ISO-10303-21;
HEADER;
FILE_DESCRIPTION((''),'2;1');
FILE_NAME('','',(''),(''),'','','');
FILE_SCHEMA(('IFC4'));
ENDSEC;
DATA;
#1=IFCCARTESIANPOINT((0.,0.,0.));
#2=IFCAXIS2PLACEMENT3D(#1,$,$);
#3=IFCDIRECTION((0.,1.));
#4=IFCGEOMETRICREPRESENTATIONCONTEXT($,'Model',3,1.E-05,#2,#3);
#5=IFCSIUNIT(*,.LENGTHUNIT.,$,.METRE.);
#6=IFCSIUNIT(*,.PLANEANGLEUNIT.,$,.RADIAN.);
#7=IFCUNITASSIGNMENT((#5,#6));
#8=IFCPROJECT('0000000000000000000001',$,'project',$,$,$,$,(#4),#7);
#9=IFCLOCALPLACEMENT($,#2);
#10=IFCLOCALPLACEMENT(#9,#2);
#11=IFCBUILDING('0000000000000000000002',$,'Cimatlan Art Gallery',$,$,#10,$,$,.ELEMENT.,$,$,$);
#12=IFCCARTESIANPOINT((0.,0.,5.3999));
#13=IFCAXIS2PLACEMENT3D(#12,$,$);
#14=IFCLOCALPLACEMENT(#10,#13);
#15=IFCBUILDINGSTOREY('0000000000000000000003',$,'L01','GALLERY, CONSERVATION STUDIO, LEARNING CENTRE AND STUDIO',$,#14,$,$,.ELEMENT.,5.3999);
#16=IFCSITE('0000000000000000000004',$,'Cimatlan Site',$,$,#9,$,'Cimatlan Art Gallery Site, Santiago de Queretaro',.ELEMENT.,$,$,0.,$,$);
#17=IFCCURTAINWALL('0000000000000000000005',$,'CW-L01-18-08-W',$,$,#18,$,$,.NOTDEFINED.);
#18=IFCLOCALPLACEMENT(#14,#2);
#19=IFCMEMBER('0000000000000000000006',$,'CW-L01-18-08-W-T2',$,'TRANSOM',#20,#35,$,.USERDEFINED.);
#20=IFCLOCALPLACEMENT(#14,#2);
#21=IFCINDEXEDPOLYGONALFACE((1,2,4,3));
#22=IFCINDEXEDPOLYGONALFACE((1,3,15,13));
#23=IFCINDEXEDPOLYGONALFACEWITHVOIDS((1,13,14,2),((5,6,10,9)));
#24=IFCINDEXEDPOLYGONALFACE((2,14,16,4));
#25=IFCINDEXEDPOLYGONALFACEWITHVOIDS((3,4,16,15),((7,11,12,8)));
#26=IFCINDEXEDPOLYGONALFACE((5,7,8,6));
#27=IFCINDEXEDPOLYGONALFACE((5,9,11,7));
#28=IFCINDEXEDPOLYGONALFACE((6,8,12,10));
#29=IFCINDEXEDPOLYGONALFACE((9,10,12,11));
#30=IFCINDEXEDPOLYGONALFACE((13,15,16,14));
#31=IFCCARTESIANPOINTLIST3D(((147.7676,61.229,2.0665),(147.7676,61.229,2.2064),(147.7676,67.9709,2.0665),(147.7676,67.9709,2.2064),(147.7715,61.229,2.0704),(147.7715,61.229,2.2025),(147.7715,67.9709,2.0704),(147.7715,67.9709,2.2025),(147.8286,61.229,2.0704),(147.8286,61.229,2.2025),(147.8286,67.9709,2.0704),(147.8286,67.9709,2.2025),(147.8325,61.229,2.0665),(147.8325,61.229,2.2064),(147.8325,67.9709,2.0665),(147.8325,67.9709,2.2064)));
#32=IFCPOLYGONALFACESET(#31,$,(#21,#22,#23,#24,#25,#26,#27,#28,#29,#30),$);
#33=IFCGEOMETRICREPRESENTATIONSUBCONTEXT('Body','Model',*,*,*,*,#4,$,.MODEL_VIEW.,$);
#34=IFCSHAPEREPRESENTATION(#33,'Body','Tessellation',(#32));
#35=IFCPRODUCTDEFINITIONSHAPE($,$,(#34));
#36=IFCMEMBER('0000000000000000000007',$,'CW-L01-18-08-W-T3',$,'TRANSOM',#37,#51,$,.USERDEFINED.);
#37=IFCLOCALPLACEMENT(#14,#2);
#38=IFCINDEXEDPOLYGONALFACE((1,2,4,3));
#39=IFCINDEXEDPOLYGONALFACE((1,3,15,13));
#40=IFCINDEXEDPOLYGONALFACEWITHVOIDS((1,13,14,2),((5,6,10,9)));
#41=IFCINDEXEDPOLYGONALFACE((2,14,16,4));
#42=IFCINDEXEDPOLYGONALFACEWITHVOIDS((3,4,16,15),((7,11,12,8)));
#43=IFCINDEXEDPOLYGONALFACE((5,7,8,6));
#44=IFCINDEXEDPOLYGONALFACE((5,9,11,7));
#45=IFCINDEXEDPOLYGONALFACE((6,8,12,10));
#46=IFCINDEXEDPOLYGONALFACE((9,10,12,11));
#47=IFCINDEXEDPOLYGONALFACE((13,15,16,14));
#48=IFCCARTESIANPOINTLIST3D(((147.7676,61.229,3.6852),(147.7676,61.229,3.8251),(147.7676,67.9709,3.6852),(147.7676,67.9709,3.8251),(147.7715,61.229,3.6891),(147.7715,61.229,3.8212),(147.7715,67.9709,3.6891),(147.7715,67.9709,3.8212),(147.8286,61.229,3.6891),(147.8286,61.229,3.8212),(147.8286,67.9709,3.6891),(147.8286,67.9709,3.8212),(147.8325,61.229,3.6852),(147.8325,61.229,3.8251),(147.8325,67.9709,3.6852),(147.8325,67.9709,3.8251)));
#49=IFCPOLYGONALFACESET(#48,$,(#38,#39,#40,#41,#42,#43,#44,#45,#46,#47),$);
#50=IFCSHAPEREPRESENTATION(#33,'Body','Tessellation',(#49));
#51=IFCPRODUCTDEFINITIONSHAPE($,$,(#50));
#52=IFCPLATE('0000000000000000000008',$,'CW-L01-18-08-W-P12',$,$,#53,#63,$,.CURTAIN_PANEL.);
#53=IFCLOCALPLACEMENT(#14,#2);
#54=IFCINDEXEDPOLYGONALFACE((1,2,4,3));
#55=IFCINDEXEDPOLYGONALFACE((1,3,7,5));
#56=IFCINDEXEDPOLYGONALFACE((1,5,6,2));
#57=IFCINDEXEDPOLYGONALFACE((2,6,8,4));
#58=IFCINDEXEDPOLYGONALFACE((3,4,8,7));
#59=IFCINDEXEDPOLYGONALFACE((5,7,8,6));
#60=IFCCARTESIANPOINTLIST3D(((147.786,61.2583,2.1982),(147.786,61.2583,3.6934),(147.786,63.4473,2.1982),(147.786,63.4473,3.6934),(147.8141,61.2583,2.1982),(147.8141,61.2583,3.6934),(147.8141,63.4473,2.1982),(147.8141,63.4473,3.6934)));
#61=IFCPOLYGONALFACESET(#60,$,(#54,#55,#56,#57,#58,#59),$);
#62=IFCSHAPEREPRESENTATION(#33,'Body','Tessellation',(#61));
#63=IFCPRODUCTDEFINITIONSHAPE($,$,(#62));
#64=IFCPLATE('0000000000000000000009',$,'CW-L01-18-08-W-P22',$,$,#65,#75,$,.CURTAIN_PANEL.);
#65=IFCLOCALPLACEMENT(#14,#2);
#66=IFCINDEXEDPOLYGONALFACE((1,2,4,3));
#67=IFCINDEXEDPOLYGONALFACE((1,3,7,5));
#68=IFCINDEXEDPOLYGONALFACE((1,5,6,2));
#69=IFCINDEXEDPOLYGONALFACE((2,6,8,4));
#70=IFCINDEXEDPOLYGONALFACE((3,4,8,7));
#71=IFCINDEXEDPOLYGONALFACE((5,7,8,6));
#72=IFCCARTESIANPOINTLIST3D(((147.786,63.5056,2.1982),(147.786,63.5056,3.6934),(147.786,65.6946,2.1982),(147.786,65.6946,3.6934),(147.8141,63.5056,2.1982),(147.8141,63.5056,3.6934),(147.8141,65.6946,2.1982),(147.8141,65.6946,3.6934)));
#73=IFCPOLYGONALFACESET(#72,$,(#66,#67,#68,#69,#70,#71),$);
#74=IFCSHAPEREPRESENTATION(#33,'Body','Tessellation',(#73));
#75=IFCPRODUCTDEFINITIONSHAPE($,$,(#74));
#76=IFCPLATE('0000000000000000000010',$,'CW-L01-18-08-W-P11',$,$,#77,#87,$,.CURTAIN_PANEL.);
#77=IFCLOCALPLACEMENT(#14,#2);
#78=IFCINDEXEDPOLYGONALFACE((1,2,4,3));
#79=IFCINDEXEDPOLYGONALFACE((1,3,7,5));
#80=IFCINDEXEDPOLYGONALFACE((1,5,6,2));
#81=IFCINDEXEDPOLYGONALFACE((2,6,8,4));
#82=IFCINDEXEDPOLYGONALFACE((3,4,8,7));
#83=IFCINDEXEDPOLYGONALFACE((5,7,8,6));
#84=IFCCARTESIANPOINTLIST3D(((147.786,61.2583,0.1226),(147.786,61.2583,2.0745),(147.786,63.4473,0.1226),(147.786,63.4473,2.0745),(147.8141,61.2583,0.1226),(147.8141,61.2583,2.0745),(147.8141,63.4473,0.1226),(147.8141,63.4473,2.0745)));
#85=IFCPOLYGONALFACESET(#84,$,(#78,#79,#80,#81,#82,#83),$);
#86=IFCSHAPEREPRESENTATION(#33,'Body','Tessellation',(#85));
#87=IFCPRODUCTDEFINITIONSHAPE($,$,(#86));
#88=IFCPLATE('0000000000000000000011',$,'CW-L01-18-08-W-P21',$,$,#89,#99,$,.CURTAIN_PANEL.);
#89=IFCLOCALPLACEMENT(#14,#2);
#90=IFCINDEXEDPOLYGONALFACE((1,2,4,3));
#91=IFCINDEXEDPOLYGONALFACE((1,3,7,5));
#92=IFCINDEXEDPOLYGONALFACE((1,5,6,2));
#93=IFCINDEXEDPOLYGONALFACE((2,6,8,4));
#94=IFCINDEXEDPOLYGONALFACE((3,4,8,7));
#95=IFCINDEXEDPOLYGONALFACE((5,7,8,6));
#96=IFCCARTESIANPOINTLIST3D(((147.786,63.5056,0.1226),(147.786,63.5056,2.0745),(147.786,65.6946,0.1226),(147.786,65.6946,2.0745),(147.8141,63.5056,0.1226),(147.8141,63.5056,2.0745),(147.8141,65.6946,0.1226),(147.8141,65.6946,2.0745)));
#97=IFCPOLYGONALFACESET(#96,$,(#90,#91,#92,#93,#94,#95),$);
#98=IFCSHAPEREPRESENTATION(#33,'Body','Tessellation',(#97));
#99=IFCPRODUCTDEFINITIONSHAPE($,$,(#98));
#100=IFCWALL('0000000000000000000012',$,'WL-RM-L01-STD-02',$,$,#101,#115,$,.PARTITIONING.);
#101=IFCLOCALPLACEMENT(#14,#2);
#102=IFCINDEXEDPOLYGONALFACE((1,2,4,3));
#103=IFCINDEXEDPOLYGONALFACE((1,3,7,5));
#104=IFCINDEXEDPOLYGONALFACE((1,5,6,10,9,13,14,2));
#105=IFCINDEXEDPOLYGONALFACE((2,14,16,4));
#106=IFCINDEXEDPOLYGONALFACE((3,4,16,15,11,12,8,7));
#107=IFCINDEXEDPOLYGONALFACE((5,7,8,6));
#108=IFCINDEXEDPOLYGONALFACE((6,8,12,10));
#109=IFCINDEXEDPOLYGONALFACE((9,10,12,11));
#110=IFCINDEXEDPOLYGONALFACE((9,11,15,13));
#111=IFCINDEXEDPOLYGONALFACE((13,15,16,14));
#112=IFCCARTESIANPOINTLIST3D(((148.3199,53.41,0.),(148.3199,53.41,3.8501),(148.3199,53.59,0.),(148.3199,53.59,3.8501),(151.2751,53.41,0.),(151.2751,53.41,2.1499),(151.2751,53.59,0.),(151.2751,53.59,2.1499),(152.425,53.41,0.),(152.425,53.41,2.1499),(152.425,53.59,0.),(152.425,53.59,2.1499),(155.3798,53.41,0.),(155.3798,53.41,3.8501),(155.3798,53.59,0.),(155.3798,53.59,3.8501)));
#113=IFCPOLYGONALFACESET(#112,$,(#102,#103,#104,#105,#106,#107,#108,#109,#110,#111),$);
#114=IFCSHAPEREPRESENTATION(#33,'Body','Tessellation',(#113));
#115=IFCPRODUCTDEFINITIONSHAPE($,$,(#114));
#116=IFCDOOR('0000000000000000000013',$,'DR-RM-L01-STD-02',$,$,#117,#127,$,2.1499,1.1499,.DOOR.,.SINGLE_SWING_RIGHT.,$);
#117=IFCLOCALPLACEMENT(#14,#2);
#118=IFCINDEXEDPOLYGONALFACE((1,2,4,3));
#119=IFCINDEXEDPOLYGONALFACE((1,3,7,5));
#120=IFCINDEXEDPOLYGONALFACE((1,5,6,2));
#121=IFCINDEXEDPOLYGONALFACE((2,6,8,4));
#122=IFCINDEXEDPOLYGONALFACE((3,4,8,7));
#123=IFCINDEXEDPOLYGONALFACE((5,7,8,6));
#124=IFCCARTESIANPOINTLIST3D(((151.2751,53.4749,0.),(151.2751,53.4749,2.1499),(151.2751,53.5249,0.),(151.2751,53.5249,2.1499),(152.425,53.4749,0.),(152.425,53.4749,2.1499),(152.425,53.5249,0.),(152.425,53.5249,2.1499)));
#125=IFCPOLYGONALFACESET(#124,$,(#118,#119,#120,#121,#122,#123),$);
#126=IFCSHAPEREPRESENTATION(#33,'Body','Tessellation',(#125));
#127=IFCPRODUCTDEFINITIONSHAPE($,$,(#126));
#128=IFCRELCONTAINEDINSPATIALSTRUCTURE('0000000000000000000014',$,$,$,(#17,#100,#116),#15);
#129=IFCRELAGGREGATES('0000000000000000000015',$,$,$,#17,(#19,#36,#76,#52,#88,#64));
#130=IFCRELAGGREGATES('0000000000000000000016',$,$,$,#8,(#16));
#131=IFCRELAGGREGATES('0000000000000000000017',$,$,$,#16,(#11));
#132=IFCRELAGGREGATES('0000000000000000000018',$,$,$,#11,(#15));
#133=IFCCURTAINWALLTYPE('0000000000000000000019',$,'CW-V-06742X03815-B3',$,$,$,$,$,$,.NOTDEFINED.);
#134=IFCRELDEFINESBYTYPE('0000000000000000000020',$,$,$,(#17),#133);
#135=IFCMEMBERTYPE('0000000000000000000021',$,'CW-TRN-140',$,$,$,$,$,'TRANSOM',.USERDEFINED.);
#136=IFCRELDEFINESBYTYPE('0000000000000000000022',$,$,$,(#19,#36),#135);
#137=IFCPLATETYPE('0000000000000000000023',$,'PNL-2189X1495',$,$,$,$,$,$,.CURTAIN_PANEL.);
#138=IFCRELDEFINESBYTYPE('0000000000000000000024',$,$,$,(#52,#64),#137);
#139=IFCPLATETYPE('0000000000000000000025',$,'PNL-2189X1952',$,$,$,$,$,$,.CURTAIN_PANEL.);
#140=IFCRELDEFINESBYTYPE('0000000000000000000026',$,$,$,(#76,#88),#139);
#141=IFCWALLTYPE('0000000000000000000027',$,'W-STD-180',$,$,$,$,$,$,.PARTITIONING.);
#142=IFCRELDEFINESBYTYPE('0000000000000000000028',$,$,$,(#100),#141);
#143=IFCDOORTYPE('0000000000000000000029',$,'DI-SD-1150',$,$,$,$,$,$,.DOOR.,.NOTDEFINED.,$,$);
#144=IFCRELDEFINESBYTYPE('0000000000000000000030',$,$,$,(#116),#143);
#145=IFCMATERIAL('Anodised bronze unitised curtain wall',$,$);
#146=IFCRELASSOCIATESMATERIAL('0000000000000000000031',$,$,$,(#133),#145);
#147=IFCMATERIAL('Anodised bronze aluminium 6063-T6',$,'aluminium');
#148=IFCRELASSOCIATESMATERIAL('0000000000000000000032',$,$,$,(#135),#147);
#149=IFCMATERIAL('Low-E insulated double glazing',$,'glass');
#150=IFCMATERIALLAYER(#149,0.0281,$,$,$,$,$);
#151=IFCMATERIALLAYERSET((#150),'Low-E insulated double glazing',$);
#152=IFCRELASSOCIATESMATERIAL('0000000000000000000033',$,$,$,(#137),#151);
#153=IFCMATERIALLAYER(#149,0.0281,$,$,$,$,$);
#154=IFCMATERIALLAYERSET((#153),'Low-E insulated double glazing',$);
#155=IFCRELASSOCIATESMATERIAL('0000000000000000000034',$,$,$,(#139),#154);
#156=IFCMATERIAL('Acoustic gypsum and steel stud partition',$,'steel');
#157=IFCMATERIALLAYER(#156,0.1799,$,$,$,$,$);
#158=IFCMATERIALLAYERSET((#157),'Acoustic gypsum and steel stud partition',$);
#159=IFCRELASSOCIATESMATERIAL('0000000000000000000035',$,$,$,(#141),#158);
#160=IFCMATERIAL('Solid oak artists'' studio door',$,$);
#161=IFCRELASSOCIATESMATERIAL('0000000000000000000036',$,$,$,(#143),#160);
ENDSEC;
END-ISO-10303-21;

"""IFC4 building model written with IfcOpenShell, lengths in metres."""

from ifc_helpers import new_model, si_unit, direction, frame, frame_2d, origin, origin_2d, place, context, subcontext, project, spatial, rectangle, hollow_rectangle, extrude, material, layer, layer_set, material_profile, profile_set, type_object, element, fill, aggregate, save


model = new_model("IFC4")

# Units and contexts
model_context = context("Model", 3, precision=1e-05, world=origin(), true_north=direction((0.0, 1.0)))
body_context = subcontext(model_context, "Body", "Model", "MODEL_VIEW")
ifc_project = project(units=[si_unit("LENGTHUNIT", "METRE"), si_unit("PLANEANGLEUNIT", "RADIAN")], contexts=[model_context])

# Site, building, storey
site_placement = place(None, origin())
site = spatial("IfcSite", under=ifc_project, at=site_placement, Name="Cimatlan Site", LongName="Cimatlan Art Gallery Site, Santiago de Queretaro", CompositionType="ELEMENT", RefElevation=0.0)
building_placement = place(site_placement, origin())
building = spatial("IfcBuilding", under=site, at=building_placement, Name="Cimatlan Art Gallery", CompositionType="ELEMENT")
storey_placement = place(building_placement, frame((0.0, 0.0, 5.3999)))
storey = spatial("IfcBuildingStorey", under=building, at=storey_placement, Name="L01", Description="GALLERY, CONSERVATION STUDIO, LEARNING CENTRE AND STUDIO", CompositionType="ELEMENT", Elevation=5.3999)

# Curtain wall, members, plates
ifc_material_1 = material(Name="Anodised bronze unitised curtain wall")
curtain_wall_type = type_object("IfcCurtainWallType", Name="CW-V-06742X03815-B3", PredefinedType="NOTDEFINED", material=ifc_material_1)
curtain_wall_placement = place(storey_placement, origin())
curtain_wall = element("IfcCurtainWall", 1, at=curtain_wall_placement, inside=storey, type_object=curtain_wall_type, Name="CW-L01-18-08-W", PredefinedType="NOTDEFINED")
ifc_material_2 = material(Name="Anodised bronze aluminium 6063-T6", Category="aluminium")
ifc_material_profile_1 = material_profile(ifc_material_2, hollow_rectangle(XDim=0.0649, YDim=0.1399, WallThickness=0.0039, at=origin_2d()), Name="ALU65X140X4")
ifc_profile_set_1 = profile_set([ifc_material_profile_1], Name="Anodised bronze aluminium 6063-T6")
member_type_1 = type_object("IfcMemberType", Name="CW-TRN-140", ElementType="TRANSOM", PredefinedType="USERDEFINED", material=ifc_profile_set_1)
member_1_placement = place(storey_placement, frame((147.8, 61.229, 2.1365), z_axis=(0.0, 1.0, 0.0), x_axis=(-1.0, 0.0, 0.0)))
member_1 = element("IfcMember", 2, at=member_1_placement, type_object=member_type_1, Name="CW-L01-18-08-W-T2", ObjectType="TRANSOM", PredefinedType="USERDEFINED", context=body_context, shape_type="SweptSolid", body=[
    extrude(hollow_rectangle(XDim=0.0649, YDim=0.1399, WallThickness=0.0039, at=origin_2d()), origin(), (0.0, 0.0, 1.0), 6.7419),
])
member_2_placement = place(storey_placement, frame((147.8, 61.229, 3.7551), z_axis=(0.0, 1.0, 0.0), x_axis=(-1.0, 0.0, 0.0)))
member_2 = element("IfcMember", 3, at=member_2_placement, type_object=member_type_1, Name="CW-L01-18-08-W-T3", ObjectType="TRANSOM", PredefinedType="USERDEFINED", context=body_context, shape_type="SweptSolid", body=[
    extrude(hollow_rectangle(XDim=0.0649, YDim=0.1399, WallThickness=0.0039, at=origin_2d()), origin(), (0.0, 0.0, 1.0), 6.7419),
])
ifc_material_3 = material(Name="Low-E insulated double glazing", Category="glass")
ifc_layer_1 = layer(ifc_material_3, 0.0281)
ifc_layer_set_1 = layer_set([ifc_layer_1], Name="Low-E insulated double glazing")
plate_type_1 = type_object("IfcPlateType", Name="PNL-2189X1495", PredefinedType="CURTAIN_PANEL", material=ifc_layer_set_1)
plate_1_placement = place(storey_placement, frame((147.8, 62.3528, 2.1982), z_axis=(0.0, 0.0, 1.0), x_axis=(0.0, 1.0, 0.0)))
plate_1 = element("IfcPlate", 4, at=plate_1_placement, type_object=plate_type_1, Name="CW-L01-18-08-W-P12", PredefinedType="CURTAIN_PANEL", context=body_context, shape_type="SweptSolid", body=[
    extrude(rectangle(XDim=2.189, YDim=0.0281, at=origin_2d()), origin(), (0.0, 0.0, 1.0), 1.4951),
])
plate_2_placement = place(storey_placement, frame((147.8, 64.6001, 2.1982), z_axis=(0.0, 0.0, 1.0), x_axis=(0.0, 1.0, 0.0)))
plate_2 = element("IfcPlate", 5, at=plate_2_placement, type_object=plate_type_1, Name="CW-L01-18-08-W-P22", PredefinedType="CURTAIN_PANEL", context=body_context, shape_type="SweptSolid", body=[
    extrude(rectangle(XDim=2.189, YDim=0.0281, at=origin_2d()), origin(), (0.0, 0.0, 1.0), 1.4951),
])
ifc_layer_2 = layer(ifc_material_3, 0.0281)
ifc_layer_set_2 = layer_set([ifc_layer_2], Name="Low-E insulated double glazing")
plate_type_2 = type_object("IfcPlateType", Name="PNL-2189X1952", PredefinedType="CURTAIN_PANEL", material=ifc_layer_set_2)
plate_3_placement = place(storey_placement, frame((147.8, 62.3528, 0.1226), z_axis=(0.0, 0.0, 1.0), x_axis=(0.0, 1.0, 0.0)))
plate_3 = element("IfcPlate", 6, at=plate_3_placement, type_object=plate_type_2, Name="CW-L01-18-08-W-P11", PredefinedType="CURTAIN_PANEL", context=body_context, shape_type="SweptSolid", body=[
    extrude(rectangle(XDim=2.189, YDim=0.0281, at=origin_2d()), origin(), (0.0, 0.0, 1.0), 1.9519),
])
plate_4_placement = place(storey_placement, frame((147.8, 64.6001, 0.1226), z_axis=(0.0, 0.0, 1.0), x_axis=(0.0, 1.0, 0.0)))
plate_4 = element("IfcPlate", 7, at=plate_4_placement, type_object=plate_type_2, Name="CW-L01-18-08-W-P21", PredefinedType="CURTAIN_PANEL", context=body_context, shape_type="SweptSolid", body=[
    extrude(rectangle(XDim=2.189, YDim=0.0281, at=origin_2d()), origin(), (0.0, 0.0, 1.0), 1.9519),
])
aggregate(curtain_wall, [member_1, member_2, plate_3, plate_1, plate_4, plate_2])

# Wall, opening, door
ifc_material_4 = material(Name="Acoustic gypsum and steel stud partition", Category="steel")
ifc_layer_3 = layer(ifc_material_4, 0.1799)
ifc_layer_set_3 = layer_set([ifc_layer_3], Name="Acoustic gypsum and steel stud partition")
wall_type = type_object("IfcWallType", Name="W-STD-180", PredefinedType="PARTITIONING", material=ifc_layer_set_3)
wall_placement = place(storey_placement, frame((148.3201, 53.5, 0.0), z_axis=(0.0, 0.0, 1.0), x_axis=(1.0, 0.0, 0.0)))
wall = element("IfcWall", 8, at=wall_placement, inside=storey, type_object=wall_type, Name="WL-RM-L01-STD-02", PredefinedType="PARTITIONING", context=body_context, shape_type="SweptSolid", body=[
    extrude(rectangle(XDim=7.0598, YDim=0.1799, at=frame_2d((3.5298, 0.0))), origin(), (0.0, 0.0, 1.0), 3.8501),
])
opening_placement = place(wall_placement, frame((2.9551, 0.0, 0.0)))
opening = element("IfcOpeningElement", 9, at=opening_placement, cuts=wall, PredefinedType="OPENING", context=body_context, shape_type="SweptSolid", body=[
    extrude(rectangle(XDim=1.1499, YDim=2.1499, at=frame_2d((0.575, 1.075))), frame((0.0, 0.1001, 0.0), z_axis=(0.0, -1.0, 0.0), x_axis=(1.0, 0.0, 0.0)), (0.0, 0.0, 1.0), 0.2),
])
ifc_material_5 = material(Name="Solid oak artists' studio door")
door_type = type_object("IfcDoorType", Name="DI-SD-1150", OperationType="NOTDEFINED", PredefinedType="DOOR", material=ifc_material_5)
door_placement = place(opening_placement, origin())
door = element("IfcDoor", 10, at=door_placement, inside=storey, type_object=door_type, Name="DR-RM-L01-STD-02", OperationType="SINGLE_SWING_RIGHT", OverallHeight=2.1499, OverallWidth=1.1499, PredefinedType="DOOR", context=body_context, shape_type="SweptSolid", body=[
    extrude(rectangle(XDim=1.1499, YDim=2.1499, at=frame_2d((0.575, 1.075))), frame((0.0, 0.0249, 0.0), z_axis=(0.0, -1.0, 0.0), x_axis=(1.0, 0.0, 0.0)), (0.0, 0.0, 1.0), 0.05),
])
fill(opening, door)

save(model, "model.ifc")
